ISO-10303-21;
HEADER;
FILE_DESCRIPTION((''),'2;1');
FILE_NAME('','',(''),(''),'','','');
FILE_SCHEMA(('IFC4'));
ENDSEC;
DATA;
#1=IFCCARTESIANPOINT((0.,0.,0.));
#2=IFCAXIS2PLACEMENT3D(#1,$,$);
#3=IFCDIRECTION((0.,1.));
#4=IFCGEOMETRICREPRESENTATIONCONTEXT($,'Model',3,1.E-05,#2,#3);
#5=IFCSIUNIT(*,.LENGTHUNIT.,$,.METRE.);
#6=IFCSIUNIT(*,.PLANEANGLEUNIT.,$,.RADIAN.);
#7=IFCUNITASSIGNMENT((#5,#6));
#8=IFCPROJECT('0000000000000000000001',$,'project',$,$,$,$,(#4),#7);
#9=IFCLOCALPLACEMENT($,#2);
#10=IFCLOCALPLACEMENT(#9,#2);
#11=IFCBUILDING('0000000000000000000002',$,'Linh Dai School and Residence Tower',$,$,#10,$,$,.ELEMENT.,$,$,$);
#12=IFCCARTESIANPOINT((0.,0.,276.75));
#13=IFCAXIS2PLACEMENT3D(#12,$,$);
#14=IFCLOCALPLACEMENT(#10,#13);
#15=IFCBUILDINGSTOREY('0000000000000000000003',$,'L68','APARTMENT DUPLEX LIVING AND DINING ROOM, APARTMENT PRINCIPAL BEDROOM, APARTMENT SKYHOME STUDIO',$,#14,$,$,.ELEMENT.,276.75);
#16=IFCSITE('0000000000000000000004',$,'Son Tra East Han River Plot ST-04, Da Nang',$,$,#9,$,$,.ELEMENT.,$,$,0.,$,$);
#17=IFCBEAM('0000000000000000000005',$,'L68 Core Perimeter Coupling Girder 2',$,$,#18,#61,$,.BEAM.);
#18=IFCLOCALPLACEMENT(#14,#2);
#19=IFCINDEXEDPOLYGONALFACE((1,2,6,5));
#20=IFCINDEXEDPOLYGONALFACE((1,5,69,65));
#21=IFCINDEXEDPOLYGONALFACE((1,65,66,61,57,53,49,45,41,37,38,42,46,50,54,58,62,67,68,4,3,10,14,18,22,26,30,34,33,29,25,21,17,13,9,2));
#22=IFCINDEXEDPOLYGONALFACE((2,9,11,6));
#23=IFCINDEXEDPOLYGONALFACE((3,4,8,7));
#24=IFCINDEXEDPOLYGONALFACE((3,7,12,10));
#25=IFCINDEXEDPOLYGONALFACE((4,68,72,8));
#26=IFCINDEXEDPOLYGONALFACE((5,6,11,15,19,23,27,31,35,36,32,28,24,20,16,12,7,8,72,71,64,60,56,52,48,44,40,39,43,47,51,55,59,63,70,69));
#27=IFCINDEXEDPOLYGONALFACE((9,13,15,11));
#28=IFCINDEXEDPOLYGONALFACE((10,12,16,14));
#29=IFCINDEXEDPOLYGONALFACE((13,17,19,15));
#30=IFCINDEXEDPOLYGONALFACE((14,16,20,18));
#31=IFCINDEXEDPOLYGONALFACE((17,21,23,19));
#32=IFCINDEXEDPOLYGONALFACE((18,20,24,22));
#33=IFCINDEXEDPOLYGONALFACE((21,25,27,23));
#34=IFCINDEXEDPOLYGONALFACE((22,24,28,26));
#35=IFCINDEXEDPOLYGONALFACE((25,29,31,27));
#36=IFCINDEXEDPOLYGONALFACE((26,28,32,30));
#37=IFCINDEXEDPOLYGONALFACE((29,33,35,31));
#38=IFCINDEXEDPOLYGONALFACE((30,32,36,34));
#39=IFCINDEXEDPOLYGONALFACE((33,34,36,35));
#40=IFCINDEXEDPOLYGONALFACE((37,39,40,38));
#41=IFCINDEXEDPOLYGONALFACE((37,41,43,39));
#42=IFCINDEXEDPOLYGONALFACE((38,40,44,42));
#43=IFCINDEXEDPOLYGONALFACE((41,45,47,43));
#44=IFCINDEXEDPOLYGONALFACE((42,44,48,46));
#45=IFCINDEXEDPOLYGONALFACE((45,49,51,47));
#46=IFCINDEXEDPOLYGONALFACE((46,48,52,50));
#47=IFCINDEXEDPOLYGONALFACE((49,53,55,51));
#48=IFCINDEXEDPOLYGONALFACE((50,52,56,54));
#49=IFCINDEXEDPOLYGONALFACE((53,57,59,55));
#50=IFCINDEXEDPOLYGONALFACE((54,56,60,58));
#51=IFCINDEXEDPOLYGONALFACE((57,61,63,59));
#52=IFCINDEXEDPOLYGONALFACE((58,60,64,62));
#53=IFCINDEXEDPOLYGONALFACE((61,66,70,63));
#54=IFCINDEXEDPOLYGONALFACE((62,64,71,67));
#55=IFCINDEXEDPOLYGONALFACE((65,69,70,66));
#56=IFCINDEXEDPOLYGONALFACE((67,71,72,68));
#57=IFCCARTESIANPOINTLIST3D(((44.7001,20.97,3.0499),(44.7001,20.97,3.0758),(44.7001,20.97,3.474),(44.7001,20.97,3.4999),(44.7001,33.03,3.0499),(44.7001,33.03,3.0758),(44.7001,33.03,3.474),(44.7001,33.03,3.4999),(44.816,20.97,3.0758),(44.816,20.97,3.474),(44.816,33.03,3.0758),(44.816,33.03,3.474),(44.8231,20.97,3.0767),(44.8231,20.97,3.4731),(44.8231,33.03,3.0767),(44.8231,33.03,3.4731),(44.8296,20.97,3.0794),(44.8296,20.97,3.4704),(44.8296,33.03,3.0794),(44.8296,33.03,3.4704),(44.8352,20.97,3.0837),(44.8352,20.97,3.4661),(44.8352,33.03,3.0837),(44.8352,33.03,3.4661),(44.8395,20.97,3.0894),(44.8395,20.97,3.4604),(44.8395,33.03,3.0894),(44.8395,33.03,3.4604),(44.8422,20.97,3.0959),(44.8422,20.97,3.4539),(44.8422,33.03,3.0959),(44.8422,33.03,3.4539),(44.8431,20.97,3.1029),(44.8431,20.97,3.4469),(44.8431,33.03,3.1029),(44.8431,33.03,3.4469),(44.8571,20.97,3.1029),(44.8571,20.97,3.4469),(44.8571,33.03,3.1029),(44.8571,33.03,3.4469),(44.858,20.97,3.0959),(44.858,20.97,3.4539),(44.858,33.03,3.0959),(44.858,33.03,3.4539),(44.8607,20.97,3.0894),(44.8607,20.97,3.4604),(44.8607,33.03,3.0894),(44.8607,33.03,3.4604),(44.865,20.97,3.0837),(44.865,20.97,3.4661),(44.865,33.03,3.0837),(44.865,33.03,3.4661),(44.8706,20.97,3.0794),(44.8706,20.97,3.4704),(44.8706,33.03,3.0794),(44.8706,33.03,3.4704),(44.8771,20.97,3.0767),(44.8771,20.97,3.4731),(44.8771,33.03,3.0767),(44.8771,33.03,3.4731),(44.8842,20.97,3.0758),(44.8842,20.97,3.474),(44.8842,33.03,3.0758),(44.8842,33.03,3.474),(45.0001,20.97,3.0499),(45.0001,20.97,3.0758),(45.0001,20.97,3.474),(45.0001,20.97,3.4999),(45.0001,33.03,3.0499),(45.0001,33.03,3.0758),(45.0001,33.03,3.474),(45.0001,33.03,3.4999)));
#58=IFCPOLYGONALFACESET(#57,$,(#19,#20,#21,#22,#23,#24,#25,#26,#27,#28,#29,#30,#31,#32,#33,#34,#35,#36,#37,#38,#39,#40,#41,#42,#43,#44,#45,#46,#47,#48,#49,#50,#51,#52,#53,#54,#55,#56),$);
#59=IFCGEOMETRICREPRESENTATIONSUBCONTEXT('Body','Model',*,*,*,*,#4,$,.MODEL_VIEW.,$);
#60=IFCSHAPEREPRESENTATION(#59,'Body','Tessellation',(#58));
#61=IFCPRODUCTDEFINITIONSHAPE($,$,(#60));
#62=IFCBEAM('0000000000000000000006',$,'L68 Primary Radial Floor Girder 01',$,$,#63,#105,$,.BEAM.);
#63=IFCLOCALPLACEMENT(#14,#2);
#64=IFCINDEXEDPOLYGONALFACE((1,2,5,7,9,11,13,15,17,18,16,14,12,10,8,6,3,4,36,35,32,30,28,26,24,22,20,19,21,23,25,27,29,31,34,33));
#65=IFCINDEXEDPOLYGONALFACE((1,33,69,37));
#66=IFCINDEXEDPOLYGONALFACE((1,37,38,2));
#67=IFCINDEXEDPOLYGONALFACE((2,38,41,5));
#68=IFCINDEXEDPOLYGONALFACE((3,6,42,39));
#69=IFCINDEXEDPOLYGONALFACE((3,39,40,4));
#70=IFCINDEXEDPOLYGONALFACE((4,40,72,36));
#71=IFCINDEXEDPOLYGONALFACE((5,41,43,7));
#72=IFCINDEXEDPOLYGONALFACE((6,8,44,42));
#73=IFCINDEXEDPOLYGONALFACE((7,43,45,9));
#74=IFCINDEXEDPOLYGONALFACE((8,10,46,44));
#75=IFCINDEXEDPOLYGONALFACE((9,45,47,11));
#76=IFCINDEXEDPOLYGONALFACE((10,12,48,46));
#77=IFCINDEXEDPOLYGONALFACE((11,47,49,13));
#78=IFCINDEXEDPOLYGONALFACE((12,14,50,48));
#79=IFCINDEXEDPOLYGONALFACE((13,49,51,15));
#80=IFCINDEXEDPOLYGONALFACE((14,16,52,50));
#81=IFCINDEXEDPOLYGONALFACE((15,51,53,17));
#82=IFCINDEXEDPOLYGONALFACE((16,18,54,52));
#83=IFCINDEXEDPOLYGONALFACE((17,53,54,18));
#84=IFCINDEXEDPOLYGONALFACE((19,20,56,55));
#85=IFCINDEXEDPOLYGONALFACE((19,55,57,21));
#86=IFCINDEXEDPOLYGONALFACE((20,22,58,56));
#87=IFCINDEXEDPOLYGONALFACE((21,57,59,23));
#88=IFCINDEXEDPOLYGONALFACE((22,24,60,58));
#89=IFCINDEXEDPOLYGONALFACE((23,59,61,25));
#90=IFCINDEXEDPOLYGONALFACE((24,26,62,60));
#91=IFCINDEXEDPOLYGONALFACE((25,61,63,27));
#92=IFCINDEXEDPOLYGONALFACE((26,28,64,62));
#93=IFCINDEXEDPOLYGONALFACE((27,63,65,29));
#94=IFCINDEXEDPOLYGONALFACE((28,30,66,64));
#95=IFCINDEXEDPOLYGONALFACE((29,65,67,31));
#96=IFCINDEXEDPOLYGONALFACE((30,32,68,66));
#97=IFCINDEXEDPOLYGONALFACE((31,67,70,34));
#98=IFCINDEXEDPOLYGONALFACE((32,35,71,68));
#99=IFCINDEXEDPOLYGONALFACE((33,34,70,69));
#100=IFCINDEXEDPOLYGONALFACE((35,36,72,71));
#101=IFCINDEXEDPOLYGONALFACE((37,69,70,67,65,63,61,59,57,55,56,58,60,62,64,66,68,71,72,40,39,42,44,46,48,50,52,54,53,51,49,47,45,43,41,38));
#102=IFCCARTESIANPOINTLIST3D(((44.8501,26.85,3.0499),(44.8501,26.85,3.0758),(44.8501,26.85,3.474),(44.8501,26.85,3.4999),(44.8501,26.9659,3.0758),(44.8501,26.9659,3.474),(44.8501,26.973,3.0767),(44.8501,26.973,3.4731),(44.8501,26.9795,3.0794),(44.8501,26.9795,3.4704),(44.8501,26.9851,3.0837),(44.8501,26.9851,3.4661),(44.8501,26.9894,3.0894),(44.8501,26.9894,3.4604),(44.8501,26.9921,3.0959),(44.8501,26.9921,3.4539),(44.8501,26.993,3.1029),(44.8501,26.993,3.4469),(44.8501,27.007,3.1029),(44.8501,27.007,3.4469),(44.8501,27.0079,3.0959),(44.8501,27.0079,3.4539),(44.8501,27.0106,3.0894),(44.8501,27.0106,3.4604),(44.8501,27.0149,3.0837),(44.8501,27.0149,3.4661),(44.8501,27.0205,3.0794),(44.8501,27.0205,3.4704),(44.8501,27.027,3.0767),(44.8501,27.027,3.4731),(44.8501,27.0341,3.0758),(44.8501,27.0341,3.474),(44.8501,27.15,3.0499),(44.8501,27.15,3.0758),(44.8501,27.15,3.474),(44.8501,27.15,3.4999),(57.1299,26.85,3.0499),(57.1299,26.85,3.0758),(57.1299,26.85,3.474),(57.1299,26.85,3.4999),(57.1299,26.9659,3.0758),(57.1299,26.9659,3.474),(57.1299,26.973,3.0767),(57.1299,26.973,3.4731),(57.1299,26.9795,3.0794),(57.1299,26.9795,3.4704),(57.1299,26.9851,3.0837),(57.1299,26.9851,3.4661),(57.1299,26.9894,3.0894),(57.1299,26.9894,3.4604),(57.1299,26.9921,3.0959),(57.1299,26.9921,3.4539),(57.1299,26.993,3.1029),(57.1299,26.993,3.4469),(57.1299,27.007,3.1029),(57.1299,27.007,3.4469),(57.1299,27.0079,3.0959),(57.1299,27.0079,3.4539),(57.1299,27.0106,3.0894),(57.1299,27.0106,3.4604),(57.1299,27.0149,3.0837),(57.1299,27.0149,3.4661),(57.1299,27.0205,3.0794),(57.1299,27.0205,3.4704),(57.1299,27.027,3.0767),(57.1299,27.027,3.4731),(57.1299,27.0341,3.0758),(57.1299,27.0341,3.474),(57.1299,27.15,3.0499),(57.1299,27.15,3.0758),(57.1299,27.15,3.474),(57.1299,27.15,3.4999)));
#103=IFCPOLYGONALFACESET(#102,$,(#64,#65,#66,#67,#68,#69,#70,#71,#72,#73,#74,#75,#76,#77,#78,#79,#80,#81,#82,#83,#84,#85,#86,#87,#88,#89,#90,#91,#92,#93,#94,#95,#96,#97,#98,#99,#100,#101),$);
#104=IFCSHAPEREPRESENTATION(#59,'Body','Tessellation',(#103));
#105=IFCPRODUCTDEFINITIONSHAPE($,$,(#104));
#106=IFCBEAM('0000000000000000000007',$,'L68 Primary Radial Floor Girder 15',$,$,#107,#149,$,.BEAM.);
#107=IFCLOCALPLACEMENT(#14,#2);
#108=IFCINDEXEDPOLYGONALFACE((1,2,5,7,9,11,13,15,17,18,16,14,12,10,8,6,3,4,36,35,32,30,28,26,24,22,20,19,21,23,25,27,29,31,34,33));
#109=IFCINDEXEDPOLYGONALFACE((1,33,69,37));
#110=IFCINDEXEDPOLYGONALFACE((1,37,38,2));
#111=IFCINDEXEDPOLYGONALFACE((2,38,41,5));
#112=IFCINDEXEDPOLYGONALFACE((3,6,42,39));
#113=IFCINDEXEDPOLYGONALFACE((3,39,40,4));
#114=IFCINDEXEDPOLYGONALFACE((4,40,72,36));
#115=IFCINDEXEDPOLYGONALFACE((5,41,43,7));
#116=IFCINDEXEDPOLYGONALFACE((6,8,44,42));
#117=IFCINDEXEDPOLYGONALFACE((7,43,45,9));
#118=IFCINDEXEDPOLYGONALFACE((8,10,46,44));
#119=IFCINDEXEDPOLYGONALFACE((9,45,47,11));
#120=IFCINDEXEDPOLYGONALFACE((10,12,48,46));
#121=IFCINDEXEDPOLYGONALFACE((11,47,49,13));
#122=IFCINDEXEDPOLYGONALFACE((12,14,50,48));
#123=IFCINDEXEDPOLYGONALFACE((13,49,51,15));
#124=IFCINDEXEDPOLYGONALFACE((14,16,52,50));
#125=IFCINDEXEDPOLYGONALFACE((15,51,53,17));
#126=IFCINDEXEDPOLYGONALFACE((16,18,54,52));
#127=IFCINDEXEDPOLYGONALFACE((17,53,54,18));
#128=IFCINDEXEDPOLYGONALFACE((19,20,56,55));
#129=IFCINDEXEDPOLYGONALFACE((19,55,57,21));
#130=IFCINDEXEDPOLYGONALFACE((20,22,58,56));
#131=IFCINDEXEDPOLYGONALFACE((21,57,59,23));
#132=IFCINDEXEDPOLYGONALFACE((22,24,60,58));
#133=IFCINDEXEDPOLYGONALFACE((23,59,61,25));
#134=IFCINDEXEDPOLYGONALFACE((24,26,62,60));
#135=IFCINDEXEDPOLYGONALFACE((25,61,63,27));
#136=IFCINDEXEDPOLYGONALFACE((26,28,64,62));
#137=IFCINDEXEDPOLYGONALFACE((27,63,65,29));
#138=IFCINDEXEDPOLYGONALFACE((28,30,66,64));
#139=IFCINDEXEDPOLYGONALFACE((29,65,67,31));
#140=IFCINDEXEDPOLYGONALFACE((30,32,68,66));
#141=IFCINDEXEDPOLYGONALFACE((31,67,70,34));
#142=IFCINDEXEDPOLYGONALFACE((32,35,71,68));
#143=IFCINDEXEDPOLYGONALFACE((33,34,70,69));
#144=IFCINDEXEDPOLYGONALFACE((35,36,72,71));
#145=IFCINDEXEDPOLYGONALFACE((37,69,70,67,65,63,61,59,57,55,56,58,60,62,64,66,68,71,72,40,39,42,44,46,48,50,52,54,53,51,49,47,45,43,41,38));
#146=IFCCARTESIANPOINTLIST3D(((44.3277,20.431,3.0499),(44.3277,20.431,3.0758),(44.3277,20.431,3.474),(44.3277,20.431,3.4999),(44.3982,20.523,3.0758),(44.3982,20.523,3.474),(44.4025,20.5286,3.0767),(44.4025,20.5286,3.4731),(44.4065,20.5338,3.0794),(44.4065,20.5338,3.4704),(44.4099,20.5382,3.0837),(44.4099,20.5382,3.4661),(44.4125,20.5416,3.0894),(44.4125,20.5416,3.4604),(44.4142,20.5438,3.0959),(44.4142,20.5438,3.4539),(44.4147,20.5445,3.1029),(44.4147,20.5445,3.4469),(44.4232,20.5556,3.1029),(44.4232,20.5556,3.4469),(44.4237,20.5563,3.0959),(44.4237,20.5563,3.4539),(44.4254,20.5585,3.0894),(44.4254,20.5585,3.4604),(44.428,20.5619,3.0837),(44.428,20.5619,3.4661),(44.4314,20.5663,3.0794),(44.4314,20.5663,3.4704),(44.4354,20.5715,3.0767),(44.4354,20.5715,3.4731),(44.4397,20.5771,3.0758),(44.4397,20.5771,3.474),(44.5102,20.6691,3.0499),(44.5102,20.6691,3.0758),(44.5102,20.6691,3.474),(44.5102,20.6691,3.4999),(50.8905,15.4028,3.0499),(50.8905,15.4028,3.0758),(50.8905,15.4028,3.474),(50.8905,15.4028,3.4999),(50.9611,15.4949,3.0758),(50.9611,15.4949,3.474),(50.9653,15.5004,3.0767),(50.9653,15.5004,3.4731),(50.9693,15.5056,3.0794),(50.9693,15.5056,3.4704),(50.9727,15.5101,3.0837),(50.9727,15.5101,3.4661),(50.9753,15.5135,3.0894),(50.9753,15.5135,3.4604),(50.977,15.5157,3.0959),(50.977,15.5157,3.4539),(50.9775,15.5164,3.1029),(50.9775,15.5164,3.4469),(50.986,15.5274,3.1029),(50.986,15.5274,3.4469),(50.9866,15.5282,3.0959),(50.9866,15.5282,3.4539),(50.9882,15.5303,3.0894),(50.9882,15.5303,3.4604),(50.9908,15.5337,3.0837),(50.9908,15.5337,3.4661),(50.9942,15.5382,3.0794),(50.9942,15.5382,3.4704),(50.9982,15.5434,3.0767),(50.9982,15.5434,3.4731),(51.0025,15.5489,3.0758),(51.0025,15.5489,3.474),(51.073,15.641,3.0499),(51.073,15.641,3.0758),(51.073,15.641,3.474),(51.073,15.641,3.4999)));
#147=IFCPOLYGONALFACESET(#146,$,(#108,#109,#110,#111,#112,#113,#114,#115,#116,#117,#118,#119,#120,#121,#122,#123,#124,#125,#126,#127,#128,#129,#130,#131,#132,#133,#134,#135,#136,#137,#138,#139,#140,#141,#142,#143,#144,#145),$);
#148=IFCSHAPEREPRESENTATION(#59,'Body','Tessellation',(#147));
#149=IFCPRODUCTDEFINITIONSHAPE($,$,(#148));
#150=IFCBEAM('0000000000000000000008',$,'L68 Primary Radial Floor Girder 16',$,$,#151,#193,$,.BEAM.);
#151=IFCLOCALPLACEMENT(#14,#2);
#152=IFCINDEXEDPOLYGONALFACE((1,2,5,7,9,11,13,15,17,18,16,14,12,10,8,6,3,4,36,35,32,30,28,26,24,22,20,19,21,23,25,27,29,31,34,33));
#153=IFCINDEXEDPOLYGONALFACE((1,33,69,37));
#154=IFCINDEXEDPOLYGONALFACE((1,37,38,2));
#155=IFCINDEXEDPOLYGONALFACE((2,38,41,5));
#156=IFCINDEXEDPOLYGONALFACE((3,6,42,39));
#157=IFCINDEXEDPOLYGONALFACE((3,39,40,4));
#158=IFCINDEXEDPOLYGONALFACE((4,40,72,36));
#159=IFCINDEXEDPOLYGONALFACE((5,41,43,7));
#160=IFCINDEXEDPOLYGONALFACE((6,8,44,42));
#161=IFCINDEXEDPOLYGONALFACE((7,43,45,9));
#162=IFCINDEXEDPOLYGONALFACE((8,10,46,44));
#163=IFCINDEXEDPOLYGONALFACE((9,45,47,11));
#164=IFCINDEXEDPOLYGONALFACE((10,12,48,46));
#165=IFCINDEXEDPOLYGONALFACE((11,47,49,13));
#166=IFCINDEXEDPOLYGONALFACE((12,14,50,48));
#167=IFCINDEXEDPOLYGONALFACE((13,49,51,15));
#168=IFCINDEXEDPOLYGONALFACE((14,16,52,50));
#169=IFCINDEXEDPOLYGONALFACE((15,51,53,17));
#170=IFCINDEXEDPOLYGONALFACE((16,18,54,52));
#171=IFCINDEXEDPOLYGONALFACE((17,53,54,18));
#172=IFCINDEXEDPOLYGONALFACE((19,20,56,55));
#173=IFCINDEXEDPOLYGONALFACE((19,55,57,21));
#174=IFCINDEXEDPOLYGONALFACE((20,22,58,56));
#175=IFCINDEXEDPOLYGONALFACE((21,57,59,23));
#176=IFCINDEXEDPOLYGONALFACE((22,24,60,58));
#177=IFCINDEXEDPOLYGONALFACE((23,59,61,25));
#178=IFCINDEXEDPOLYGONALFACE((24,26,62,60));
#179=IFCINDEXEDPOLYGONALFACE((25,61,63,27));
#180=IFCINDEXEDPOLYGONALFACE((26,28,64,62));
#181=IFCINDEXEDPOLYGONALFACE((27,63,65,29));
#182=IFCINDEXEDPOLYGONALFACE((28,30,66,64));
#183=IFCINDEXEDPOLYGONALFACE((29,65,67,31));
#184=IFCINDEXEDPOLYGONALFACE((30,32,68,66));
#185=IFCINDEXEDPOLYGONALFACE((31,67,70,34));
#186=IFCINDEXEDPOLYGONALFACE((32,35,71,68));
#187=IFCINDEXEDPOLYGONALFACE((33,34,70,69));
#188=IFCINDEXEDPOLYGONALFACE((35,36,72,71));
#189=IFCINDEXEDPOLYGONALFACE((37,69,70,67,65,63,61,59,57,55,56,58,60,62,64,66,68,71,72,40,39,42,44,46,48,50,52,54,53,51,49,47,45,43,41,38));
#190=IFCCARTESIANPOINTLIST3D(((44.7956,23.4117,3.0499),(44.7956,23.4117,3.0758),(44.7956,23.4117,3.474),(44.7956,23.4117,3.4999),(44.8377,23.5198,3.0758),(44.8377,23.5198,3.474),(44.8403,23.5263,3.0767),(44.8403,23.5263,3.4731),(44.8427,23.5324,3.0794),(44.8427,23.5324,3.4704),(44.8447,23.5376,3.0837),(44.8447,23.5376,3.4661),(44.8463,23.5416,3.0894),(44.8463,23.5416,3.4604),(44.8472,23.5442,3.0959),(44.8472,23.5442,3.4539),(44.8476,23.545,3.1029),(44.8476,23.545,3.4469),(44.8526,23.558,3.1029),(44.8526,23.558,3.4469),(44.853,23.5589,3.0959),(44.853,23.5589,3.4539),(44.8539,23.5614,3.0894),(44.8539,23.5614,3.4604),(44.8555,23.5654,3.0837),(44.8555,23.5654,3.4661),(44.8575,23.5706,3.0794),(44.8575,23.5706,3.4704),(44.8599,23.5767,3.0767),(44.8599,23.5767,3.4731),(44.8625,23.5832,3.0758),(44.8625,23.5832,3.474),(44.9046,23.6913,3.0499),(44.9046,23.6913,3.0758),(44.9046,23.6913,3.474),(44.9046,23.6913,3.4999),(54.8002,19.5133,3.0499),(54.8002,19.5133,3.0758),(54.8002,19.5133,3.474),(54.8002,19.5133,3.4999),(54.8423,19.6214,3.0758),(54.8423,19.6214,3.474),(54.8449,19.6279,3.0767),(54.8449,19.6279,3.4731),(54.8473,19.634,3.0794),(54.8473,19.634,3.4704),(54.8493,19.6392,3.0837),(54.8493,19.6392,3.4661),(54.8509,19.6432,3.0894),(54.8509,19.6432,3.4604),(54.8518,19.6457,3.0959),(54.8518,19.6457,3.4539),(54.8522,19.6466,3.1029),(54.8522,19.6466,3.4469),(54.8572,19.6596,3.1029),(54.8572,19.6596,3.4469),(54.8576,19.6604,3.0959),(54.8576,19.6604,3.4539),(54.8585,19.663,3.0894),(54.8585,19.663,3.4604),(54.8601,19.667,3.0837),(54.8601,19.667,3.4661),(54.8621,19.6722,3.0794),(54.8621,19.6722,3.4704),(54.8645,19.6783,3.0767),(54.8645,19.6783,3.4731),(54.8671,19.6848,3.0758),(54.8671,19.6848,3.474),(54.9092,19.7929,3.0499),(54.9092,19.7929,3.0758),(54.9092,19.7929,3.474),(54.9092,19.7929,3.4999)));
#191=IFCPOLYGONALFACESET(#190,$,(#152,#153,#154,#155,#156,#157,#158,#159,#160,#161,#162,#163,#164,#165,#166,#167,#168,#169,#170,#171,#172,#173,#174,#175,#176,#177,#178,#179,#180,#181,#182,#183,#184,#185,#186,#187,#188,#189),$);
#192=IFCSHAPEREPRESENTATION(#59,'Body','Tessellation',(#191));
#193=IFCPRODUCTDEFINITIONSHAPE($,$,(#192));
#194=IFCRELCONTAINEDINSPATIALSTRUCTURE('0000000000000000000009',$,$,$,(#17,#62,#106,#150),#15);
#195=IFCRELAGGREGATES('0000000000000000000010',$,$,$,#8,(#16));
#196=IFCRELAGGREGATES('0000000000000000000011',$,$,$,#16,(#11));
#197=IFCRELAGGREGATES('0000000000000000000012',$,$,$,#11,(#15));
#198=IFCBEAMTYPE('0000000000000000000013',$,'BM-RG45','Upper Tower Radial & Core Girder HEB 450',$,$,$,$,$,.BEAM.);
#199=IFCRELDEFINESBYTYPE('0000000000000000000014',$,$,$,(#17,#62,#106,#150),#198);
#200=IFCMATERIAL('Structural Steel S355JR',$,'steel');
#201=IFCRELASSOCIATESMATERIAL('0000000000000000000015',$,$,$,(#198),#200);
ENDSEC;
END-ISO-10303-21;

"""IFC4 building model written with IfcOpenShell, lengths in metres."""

from ifc_helpers import new_model, si_unit, direction, frame, origin, origin_2d, place, context, subcontext, project, spatial, i_section, extrude, material, material_profile, profile_set, type_object, element, save


model = new_model("IFC4")

# Units and contexts
model_context = context("Model", 3, precision=1e-05, world=origin(), true_north=direction((0.0, 1.0)))
body_context = subcontext(model_context, "Body", "Model", "MODEL_VIEW")
ifc_project = project(units=[si_unit("LENGTHUNIT", "METRE"), si_unit("PLANEANGLEUNIT", "RADIAN")], contexts=[model_context])

# Site, building, storey
site_placement = place(None, origin())
site = spatial("IfcSite", under=ifc_project, at=site_placement, Name="Son Tra East Han River Plot ST-04, Da Nang", CompositionType="ELEMENT", RefElevation=0.0)
building_placement = place(site_placement, origin())
building = spatial("IfcBuilding", under=site, at=building_placement, Name="Linh Dai School and Residence Tower", CompositionType="ELEMENT")
storey_placement = place(building_placement, frame((0.0, 0.0, 276.75)))
storey = spatial("IfcBuildingStorey", under=building, at=storey_placement, Name="L68", Description="APARTMENT DUPLEX LIVING AND DINING ROOM, APARTMENT PRINCIPAL BEDROOM, APARTMENT SKYHOME STUDIO", CompositionType="ELEMENT", Elevation=276.75)

# Shared definitions
ifc_material_1 = material(Name="Structural Steel S355JR", Category="steel")

# Beams
ifc_material_profile_1 = material_profile(ifc_material_1, i_section(OverallWidth=0.3, OverallDepth=0.45, WebThickness=0.0139, FlangeThickness=0.0259, FilletRadius=0.0271, at=origin_2d()), Name="HEB 450")
ifc_profile_set_1 = profile_set([ifc_material_profile_1], Name="Structural Steel S355JR")
beam_type_1 = type_object("IfcBeamType", Name="BM-RG45", Description="Upper Tower Radial & Core Girder HEB 450", PredefinedType="BEAM", material=ifc_profile_set_1)
beam_1_placement = place(storey_placement, frame((44.8501, 20.97, 3.2749), z_axis=(0.0, 1.0, 0.0), x_axis=(-1.0, 0.0, 0.0)))
element("IfcBeam", 1, at=beam_1_placement, inside=storey, type_object=beam_type_1, Name="L68 Core Perimeter Coupling Girder 2", PredefinedType="BEAM", context=body_context, shape_type="SweptSolid", body=[
    extrude(i_section(OverallWidth=0.3, OverallDepth=0.45, WebThickness=0.0139, FlangeThickness=0.0259, FilletRadius=0.0271, at=origin_2d()), origin(), (0.0, 0.0, 1.0), 12.0601),
])
beam_2_placement = place(storey_placement, frame((44.8501, 27.0, 3.2749), z_axis=(1.0, 0.0, 0.0), x_axis=(0.0, 1.0, 0.0)))
element("IfcBeam", 2, at=beam_2_placement, inside=storey, type_object=beam_type_1, Name="L68 Primary Radial Floor Girder 01", PredefinedType="BEAM", context=body_context, shape_type="SweptSolid", body=[
    extrude(i_section(OverallWidth=0.3, OverallDepth=0.45, WebThickness=0.0139, FlangeThickness=0.0259, FilletRadius=0.0271, at=origin_2d()), origin(), (0.0, 0.0, 1.0), 12.2798),
])
beam_3_placement = place(storey_placement, frame((44.4189, 20.55, 3.2749), z_axis=(0.793803, -0.608175, 0.0), x_axis=(0.608175, 0.793803, 0.0)))
element("IfcBeam", 3, at=beam_3_placement, inside=storey, type_object=beam_type_1, Name="L68 Primary Radial Floor Girder 15", PredefinedType="BEAM", context=body_context, shape_type="SweptSolid", body=[
    extrude(i_section(OverallWidth=0.3, OverallDepth=0.45, WebThickness=0.0139, FlangeThickness=0.0259, FilletRadius=0.0271, at=origin_2d()), origin(), (0.0, 0.0, 1.0), 8.2676),
])
beam_4_placement = place(storey_placement, frame((44.8501, 23.5515, 3.2749), z_axis=(0.931761, -0.363073, 0.0), x_axis=(0.363073, 0.931761, 0.0)))
element("IfcBeam", 4, at=beam_4_placement, inside=storey, type_object=beam_type_1, Name="L68 Primary Radial Floor Girder 16", PredefinedType="BEAM", context=body_context, shape_type="SweptSolid", body=[
    extrude(i_section(OverallWidth=0.3, OverallDepth=0.45, WebThickness=0.0139, FlangeThickness=0.0259, FilletRadius=0.0271, at=origin_2d()), origin(), (0.0, 0.0, 1.0), 10.7373),
])

save(model, "model.ifc")
